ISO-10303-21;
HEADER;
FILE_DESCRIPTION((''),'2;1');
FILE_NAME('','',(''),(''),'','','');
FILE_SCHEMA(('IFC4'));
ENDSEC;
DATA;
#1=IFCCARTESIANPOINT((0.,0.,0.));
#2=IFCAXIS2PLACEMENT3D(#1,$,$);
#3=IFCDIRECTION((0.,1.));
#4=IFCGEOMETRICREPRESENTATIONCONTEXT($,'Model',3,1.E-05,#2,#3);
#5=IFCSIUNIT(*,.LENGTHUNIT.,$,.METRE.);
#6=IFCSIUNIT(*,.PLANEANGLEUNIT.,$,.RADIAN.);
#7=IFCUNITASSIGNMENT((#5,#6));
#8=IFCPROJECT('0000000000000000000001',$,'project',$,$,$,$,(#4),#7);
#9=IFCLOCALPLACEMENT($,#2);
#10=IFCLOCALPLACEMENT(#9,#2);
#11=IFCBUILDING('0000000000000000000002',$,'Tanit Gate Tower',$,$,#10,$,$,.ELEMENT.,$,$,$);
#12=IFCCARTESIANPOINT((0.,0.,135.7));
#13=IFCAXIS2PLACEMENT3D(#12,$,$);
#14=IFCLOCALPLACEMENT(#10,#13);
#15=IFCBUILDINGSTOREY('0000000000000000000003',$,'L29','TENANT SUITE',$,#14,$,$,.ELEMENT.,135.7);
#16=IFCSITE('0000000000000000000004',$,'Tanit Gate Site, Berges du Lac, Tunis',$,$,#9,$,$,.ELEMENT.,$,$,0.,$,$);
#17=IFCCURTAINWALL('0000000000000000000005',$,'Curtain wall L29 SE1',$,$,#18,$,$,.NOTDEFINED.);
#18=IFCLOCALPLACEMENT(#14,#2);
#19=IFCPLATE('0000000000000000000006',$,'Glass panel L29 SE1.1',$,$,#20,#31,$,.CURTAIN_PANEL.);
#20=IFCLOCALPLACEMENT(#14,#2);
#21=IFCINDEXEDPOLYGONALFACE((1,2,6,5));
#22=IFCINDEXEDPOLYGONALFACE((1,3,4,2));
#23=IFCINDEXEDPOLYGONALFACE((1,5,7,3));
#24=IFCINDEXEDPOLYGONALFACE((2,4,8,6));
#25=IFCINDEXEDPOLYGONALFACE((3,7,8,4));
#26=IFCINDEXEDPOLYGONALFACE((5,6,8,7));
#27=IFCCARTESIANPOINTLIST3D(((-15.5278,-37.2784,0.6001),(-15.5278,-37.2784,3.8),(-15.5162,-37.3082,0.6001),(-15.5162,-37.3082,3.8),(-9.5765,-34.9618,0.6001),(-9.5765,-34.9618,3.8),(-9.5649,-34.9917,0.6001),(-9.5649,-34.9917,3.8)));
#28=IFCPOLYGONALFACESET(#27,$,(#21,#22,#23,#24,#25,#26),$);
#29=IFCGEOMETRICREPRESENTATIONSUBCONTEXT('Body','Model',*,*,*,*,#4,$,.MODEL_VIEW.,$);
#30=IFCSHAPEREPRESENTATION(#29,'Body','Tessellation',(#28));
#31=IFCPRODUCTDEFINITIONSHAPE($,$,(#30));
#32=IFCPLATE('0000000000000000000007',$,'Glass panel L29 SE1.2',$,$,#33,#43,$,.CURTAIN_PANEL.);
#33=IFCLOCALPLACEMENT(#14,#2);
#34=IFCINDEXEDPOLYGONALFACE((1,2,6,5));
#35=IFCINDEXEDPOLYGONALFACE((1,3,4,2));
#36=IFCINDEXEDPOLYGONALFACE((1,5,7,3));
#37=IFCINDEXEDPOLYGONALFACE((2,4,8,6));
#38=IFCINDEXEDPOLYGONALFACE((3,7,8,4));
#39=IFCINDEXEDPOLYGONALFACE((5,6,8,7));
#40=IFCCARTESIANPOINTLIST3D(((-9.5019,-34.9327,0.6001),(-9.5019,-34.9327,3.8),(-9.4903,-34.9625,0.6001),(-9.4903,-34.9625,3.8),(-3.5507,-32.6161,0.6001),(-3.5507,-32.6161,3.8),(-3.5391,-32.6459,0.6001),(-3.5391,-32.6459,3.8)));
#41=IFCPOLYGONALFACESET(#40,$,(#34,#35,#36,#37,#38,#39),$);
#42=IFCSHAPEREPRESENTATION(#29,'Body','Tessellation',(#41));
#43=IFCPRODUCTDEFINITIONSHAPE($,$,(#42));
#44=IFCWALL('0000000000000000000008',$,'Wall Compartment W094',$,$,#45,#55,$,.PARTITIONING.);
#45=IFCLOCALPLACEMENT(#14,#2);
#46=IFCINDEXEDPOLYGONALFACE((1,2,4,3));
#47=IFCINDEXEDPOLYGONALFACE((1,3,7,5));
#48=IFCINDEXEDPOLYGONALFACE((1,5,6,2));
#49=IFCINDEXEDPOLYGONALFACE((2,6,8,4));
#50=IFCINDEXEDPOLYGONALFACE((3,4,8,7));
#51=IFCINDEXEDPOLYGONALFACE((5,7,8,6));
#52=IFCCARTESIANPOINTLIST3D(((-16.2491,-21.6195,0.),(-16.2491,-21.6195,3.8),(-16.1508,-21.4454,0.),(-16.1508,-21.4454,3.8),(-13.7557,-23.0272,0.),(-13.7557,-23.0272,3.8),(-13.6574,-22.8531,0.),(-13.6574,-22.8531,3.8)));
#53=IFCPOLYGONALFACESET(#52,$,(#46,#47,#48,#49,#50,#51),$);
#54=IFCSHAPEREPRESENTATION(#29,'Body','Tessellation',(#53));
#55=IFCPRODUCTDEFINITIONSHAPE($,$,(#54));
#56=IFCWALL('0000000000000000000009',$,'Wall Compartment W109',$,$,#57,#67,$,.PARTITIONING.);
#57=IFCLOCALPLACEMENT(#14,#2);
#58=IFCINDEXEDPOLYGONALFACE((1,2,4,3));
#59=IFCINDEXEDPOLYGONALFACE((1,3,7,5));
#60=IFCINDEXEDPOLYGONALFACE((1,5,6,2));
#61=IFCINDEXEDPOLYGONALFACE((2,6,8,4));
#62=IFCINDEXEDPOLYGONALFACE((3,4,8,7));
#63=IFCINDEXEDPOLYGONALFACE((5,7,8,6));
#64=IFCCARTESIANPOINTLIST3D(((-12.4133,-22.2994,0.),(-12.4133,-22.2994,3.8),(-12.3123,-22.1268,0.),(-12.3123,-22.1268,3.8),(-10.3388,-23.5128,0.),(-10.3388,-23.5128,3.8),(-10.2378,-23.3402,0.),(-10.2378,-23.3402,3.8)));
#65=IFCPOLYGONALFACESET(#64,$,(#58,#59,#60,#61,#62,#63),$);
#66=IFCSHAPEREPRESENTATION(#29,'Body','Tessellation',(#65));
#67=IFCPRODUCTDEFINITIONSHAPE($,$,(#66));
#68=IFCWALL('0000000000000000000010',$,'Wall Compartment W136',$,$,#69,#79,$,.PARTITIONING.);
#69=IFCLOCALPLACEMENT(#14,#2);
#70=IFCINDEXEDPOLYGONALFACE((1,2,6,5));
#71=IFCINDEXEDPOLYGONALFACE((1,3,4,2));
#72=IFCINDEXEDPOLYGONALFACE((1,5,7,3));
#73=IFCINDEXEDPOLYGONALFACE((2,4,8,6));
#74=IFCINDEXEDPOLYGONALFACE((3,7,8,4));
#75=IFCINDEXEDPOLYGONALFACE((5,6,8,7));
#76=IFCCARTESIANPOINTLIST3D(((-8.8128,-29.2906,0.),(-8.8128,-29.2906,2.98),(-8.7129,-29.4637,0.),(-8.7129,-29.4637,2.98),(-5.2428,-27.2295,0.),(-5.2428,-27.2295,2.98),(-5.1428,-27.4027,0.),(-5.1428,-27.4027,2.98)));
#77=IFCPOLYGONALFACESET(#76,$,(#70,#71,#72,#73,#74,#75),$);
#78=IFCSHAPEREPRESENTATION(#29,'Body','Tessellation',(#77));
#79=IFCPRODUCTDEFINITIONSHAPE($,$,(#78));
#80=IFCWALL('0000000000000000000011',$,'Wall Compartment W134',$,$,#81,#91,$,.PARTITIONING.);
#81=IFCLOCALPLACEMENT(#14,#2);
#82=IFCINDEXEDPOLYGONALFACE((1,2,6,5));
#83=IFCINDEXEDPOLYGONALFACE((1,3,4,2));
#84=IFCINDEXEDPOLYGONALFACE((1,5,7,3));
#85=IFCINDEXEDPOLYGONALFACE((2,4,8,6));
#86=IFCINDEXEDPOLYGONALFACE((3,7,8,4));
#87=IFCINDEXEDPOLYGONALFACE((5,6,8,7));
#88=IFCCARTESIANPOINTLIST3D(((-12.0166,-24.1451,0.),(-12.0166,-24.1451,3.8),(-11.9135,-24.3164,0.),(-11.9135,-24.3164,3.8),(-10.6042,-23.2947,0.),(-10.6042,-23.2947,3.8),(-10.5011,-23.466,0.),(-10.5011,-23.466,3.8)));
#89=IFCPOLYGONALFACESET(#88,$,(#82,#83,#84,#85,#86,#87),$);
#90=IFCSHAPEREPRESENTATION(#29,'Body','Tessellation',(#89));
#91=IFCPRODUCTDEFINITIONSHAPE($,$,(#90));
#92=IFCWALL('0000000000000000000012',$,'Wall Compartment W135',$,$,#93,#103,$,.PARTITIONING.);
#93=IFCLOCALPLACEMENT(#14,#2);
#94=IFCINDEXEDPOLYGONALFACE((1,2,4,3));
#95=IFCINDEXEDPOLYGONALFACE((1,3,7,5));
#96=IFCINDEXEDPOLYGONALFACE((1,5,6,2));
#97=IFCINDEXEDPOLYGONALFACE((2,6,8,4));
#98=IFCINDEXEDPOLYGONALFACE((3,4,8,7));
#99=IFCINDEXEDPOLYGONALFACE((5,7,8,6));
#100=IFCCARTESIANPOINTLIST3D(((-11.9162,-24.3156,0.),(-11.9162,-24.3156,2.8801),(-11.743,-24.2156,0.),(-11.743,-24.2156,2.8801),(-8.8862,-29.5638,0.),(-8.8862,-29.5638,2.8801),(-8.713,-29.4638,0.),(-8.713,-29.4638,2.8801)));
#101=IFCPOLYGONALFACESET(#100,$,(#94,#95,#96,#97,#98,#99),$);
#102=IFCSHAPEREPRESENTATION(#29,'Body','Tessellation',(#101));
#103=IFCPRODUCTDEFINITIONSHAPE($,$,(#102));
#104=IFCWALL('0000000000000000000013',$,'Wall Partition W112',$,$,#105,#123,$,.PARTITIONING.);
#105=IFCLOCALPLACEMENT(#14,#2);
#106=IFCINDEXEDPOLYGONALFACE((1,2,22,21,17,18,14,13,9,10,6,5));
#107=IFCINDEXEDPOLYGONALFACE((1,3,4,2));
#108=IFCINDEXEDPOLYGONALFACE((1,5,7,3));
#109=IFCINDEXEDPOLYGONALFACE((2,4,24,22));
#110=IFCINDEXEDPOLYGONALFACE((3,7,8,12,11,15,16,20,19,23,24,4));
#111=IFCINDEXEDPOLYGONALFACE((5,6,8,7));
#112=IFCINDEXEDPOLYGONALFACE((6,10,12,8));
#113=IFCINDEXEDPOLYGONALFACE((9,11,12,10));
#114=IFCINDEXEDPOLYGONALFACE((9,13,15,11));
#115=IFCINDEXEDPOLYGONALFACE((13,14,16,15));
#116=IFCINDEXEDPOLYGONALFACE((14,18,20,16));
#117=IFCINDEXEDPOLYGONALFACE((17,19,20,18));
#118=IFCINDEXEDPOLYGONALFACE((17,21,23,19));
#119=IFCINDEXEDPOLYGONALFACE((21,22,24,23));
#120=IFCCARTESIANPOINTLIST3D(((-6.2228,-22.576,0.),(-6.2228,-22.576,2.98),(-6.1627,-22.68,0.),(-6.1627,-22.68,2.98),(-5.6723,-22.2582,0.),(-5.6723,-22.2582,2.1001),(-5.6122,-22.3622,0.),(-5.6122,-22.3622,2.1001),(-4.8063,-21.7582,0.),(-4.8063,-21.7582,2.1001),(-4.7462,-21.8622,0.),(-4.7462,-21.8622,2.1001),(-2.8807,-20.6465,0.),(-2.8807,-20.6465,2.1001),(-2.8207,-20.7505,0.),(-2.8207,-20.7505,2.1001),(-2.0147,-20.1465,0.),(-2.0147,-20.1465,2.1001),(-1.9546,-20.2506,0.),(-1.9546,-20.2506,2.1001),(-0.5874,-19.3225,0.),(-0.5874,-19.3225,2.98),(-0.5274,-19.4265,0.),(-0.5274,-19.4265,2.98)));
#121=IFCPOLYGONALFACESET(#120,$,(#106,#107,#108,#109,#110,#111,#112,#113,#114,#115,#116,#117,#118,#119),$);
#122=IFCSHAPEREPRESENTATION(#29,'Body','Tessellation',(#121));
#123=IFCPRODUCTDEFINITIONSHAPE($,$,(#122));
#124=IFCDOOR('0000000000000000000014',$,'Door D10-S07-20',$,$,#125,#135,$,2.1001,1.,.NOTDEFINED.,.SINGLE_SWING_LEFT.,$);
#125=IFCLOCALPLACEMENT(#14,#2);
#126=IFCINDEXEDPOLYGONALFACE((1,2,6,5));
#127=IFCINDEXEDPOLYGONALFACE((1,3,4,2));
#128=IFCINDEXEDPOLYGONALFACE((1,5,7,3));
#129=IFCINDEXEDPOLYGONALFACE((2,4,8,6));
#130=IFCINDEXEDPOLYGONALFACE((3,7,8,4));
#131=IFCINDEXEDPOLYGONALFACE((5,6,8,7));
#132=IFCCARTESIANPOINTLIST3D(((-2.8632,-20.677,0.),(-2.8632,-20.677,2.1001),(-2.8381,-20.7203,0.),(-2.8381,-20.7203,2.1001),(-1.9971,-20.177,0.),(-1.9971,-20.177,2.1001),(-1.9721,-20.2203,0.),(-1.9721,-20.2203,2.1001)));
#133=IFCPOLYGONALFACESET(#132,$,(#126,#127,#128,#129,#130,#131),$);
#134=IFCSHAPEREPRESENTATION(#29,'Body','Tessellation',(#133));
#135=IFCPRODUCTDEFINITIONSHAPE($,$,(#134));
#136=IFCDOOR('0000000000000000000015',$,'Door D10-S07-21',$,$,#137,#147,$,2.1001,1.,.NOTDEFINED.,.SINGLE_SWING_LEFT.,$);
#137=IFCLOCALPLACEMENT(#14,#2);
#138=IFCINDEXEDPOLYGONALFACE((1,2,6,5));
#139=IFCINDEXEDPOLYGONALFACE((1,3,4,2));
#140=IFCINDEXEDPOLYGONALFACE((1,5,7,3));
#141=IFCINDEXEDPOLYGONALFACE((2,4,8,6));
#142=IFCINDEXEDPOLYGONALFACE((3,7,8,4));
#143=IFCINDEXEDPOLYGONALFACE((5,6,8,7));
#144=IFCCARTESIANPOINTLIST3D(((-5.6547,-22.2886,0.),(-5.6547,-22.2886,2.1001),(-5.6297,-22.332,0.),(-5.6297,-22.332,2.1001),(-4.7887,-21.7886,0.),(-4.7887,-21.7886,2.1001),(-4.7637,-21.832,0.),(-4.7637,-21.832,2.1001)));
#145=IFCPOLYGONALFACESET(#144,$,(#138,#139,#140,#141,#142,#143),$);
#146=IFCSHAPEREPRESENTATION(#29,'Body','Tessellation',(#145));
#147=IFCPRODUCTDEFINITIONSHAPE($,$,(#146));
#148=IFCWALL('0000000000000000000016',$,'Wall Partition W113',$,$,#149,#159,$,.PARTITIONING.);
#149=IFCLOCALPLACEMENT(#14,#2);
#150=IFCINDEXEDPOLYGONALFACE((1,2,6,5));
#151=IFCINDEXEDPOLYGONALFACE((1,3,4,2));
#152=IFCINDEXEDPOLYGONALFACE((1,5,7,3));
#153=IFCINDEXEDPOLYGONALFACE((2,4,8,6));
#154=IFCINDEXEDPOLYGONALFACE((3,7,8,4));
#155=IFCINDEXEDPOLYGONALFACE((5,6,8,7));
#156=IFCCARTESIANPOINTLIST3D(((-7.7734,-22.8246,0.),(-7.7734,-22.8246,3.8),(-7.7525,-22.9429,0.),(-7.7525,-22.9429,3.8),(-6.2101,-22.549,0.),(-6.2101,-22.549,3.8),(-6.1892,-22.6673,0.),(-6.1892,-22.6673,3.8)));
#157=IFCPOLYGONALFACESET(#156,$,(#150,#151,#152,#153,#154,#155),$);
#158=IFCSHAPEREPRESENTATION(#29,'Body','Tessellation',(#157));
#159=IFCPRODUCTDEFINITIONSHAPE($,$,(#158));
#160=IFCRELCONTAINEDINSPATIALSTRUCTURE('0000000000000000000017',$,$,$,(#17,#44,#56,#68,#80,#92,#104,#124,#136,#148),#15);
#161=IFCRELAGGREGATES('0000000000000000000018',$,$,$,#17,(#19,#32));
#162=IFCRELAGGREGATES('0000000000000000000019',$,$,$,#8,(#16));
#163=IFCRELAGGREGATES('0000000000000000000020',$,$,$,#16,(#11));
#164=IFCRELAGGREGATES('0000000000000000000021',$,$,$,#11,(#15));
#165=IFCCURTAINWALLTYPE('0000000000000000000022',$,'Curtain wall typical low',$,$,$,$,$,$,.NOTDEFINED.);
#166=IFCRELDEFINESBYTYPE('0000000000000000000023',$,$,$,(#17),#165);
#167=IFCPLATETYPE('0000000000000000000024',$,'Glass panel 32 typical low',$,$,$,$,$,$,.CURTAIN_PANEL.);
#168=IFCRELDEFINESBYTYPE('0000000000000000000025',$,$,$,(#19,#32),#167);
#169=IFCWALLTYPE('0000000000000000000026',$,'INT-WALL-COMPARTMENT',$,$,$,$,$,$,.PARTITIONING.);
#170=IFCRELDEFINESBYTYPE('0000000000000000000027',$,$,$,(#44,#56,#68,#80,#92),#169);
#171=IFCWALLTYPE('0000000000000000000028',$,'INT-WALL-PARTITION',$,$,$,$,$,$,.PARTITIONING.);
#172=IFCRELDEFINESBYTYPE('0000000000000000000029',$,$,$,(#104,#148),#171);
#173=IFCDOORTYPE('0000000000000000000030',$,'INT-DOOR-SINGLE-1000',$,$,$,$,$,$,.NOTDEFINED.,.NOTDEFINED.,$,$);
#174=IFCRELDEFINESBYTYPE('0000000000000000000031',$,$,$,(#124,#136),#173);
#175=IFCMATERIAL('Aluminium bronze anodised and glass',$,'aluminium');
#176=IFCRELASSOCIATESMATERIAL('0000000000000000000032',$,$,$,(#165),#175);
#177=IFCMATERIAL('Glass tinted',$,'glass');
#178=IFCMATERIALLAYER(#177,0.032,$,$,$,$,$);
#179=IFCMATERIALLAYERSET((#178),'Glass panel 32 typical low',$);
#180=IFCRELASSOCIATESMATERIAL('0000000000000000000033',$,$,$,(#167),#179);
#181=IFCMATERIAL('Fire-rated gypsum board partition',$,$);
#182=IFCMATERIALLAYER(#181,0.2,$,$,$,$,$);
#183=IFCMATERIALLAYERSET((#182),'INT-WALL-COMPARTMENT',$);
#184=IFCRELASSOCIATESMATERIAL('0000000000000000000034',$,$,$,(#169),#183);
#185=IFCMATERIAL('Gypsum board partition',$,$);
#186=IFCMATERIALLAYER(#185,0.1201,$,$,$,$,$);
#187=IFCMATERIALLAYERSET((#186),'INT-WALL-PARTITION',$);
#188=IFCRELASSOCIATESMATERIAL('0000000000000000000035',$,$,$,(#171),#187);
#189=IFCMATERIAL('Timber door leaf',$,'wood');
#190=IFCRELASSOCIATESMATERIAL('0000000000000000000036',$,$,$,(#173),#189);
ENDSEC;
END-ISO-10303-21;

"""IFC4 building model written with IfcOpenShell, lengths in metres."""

from ifc_helpers import new_model, si_unit, direction, frame, frame_2d, origin, origin_2d, place, context, subcontext, project, spatial, rectangle, extrude, material, layer, layer_set, type_object, element, fill, aggregate, save


model = new_model("IFC4")

# Units and contexts
model_context = context("Model", 3, precision=1e-05, world=origin(), true_north=direction((0.0, 1.0)))
body_context = subcontext(model_context, "Body", "Model", "MODEL_VIEW")
ifc_project = project(units=[si_unit("LENGTHUNIT", "METRE"), si_unit("PLANEANGLEUNIT", "RADIAN")], contexts=[model_context])

# Site, building, storey
site_placement = place(None, origin())
site = spatial("IfcSite", under=ifc_project, at=site_placement, Name="Tanit Gate Site, Berges du Lac, Tunis", CompositionType="ELEMENT", RefElevation=0.0)
building_placement = place(site_placement, origin())
building = spatial("IfcBuilding", under=site, at=building_placement, Name="Tanit Gate Tower", CompositionType="ELEMENT")
storey_placement = place(building_placement, frame((0.0, 0.0, 135.7)))
storey = spatial("IfcBuildingStorey", under=building, at=storey_placement, Name="L29", Description="TENANT SUITE", CompositionType="ELEMENT", Elevation=135.7)

# Curtain wall
ifc_material_1 = material(Name="Aluminium bronze anodised and glass", Category="aluminium")
curtain_wall_type = type_object("IfcCurtainWallType", Name="Curtain wall typical low", PredefinedType="NOTDEFINED", material=ifc_material_1)
curtain_wall_placement = place(storey_placement, origin())
curtain_wall = element("IfcCurtainWall", 1, at=curtain_wall_placement, inside=storey, type_object=curtain_wall_type, Name="Curtain wall L29 SE1", PredefinedType="NOTDEFINED")

# Plates
ifc_material_2 = material(Name="Glass tinted", Category="glass")
ifc_layer_1 = layer(ifc_material_2, 0.032)
ifc_layer_set_1 = layer_set([ifc_layer_1], Name="Glass panel 32 typical low")
plate_type = type_object("IfcPlateType", Name="Glass panel 32 typical low", PredefinedType="CURTAIN_PANEL", material=ifc_layer_set_1)
plate_1_placement = place(storey_placement, frame((-12.5464, -36.135, 0.6001), z_axis=(0.0, 0.0, 1.0), x_axis=(0.931892, 0.362737, 0.0)))
plate_1 = element("IfcPlate", 2, at=plate_1_placement, type_object=plate_type, Name="Glass panel L29 SE1.1", PredefinedType="CURTAIN_PANEL", context=body_context, shape_type="SweptSolid", body=[
    extrude(rectangle(XDim=6.3862, YDim=0.032, at=origin_2d()), origin(), (0.0, 0.0, 1.0), 3.2),
])
plate_2_placement = place(storey_placement, frame((-6.5205, -33.7893, 0.6001), z_axis=(0.0, 0.0, 1.0), x_axis=(0.931892, 0.362737, 0.0)))
plate_2 = element("IfcPlate", 3, at=plate_2_placement, type_object=plate_type, Name="Glass panel L29 SE1.2", PredefinedType="CURTAIN_PANEL", context=body_context, shape_type="SweptSolid", body=[
    extrude(rectangle(XDim=6.3862, YDim=0.032, at=origin_2d()), origin(), (0.0, 0.0, 1.0), 3.2),
])
aggregate(curtain_wall, [plate_1, plate_2])

# Walls
ifc_material_3 = material(Name="Fire-rated gypsum board partition")
ifc_layer_2 = layer(ifc_material_3, 0.2)
ifc_layer_set_2 = layer_set([ifc_layer_2], Name="INT-WALL-COMPARTMENT")
wall_type_1 = type_object("IfcWallType", Name="INT-WALL-COMPARTMENT", PredefinedType="PARTITIONING", material=ifc_layer_set_2)
wall_1_placement = place(storey_placement, frame((-16.2, -21.5325, 0.0), z_axis=(0.0, 0.0, 1.0), x_axis=(0.870803, -0.491633, 0.0)))
element("IfcWall", 4, at=wall_1_placement, inside=storey, type_object=wall_type_1, Name="Wall Compartment W094", PredefinedType="PARTITIONING", context=body_context, shape_type="SweptSolid", body=[
    extrude(rectangle(XDim=2.8633, YDim=0.2, at=frame_2d((1.4316, 0.0))), origin(), (0.0, 0.0, 1.0), 3.8),
])
wall_2_placement = place(storey_placement, frame((-12.3628, -22.2131, 0.0), z_axis=(0.0, 0.0, 1.0), x_axis=(0.863185, -0.504888, 0.0)))
element("IfcWall", 5, at=wall_2_placement, inside=storey, type_object=wall_type_1, Name="Wall Compartment W109", PredefinedType="PARTITIONING", context=body_context, shape_type="SweptSolid", body=[
    extrude(rectangle(XDim=2.4033, YDim=0.2, at=frame_2d((1.2017, 0.0))), origin(), (0.0, 0.0, 1.0), 3.8),
])
wall_3_placement = place(storey_placement, frame((-5.1929, -27.3162, 0.0), z_axis=(0.0, 0.0, 1.0), x_axis=(-0.866041, -0.499974, 0.0)))
element("IfcWall", 6, at=wall_3_placement, inside=storey, type_object=wall_type_1, Name="Wall Compartment W136", PredefinedType="PARTITIONING", context=body_context, shape_type="SweptSolid", body=[
    extrude(rectangle(XDim=4.1223, YDim=0.2, at=frame_2d((2.061, 0.0))), origin(), (0.0, 0.0, 1.0), 2.98),
])
wall_4_placement = place(storey_placement, frame((-10.5527, -23.3804, 0.0), z_axis=(0.0, 0.0, 1.0), x_axis=(-0.856708, -0.515802, 0.0)))
element("IfcWall", 7, at=wall_4_placement, inside=storey, type_object=wall_type_1, Name="Wall Compartment W134", PredefinedType="PARTITIONING", context=body_context, shape_type="SweptSolid", body=[
    extrude(rectangle(XDim=1.6487, YDim=0.2, at=frame_2d((0.8242, 0.0))), origin(), (0.0, 0.0, 1.0), 3.8),
])
wall_5_placement = place(storey_placement, frame((-11.8296, -24.2656, 0.0), z_axis=(0.0, 0.0, 1.0), x_axis=(0.499991, -0.866031, 0.0)))
element("IfcWall", 8, at=wall_5_placement, inside=storey, type_object=wall_type_1, Name="Wall Compartment W135", PredefinedType="PARTITIONING", context=body_context, shape_type="SweptSolid", body=[
    extrude(rectangle(XDim=6.0601, YDim=0.2, at=frame_2d((3.03, 0.0))), origin(), (0.0, 0.0, 1.0), 2.8801),
])

# Wall, openings, doors
ifc_material_4 = material(Name="Gypsum board partition")
ifc_layer_3 = layer(ifc_material_4, 0.1201)
ifc_layer_set_3 = layer_set([ifc_layer_3], Name="INT-WALL-PARTITION")
wall_type_2 = type_object("IfcWallType", Name="INT-WALL-PARTITION", PredefinedType="PARTITIONING", material=ifc_layer_set_3)
wall_6_placement = place(storey_placement, frame((-6.1926, -22.6279, 0.0), z_axis=(0.0, 0.0, 1.0), x_axis=(0.866032, 0.499989, 0.0)))
wall_6 = element("IfcWall", 9, at=wall_6_placement, inside=storey, type_object=wall_type_2, Name="Wall Partition W112", PredefinedType="PARTITIONING", context=body_context, shape_type="SweptSolid", body=[
    extrude(rectangle(XDim=6.5071, YDim=0.1201, at=frame_2d((3.2534, 0.0))), origin(), (0.0, 0.0, 1.0), 2.98),
])
opening_1_placement = place(wall_6_placement, frame((3.8589, 0.0, 0.0)))
opening_1 = element("IfcOpeningElement", 10, at=opening_1_placement, cuts=wall_6, PredefinedType="OPENING", context=body_context, shape_type="SweptSolid", body=[
    extrude(rectangle(XDim=1.0, YDim=2.1001, at=frame_2d((0.5, 1.05))), frame((0.0, 0.0701, 0.0), z_axis=(0.0, -1.0, 0.0), x_axis=(1.0, 0.0, 0.0)), (0.0, 0.0, 1.0), 0.1401),
])
opening_2_placement = place(wall_6_placement, frame((0.6355, 0.0, 0.0)))
opening_2 = element("IfcOpeningElement", 11, at=opening_2_placement, cuts=wall_6, PredefinedType="OPENING", context=body_context, shape_type="SweptSolid", body=[
    extrude(rectangle(XDim=1.0, YDim=2.1001, at=frame_2d((0.5, 1.05))), frame((0.0, 0.0701, 0.0), z_axis=(0.0, -1.0, 0.0), x_axis=(1.0, 0.0, 0.0)), (0.0, 0.0, 1.0), 0.1401),
])
ifc_material_5 = material(Name="Timber door leaf", Category="wood")
door_type = type_object("IfcDoorType", Name="INT-DOOR-SINGLE-1000", OperationType="NOTDEFINED", PredefinedType="NOTDEFINED", material=ifc_material_5)
door_1_placement = place(opening_1_placement, origin())
door_1 = element("IfcDoor", 12, at=door_1_placement, inside=storey, type_object=door_type, Name="Door D10-S07-20", OperationType="SINGLE_SWING_LEFT", OverallHeight=2.1001, OverallWidth=1.0, PredefinedType="NOTDEFINED", context=body_context, shape_type="SweptSolid", body=[
    extrude(rectangle(XDim=1.0, YDim=2.1001, at=frame_2d((0.5, 1.05))), frame((0.0, 0.0249, 0.0), z_axis=(0.0, -1.0, 0.0), x_axis=(1.0, 0.0, 0.0)), (0.0, 0.0, 1.0), 0.05),
])
fill(opening_1, door_1)
door_2_placement = place(opening_2_placement, origin())
door_2 = element("IfcDoor", 13, at=door_2_placement, inside=storey, type_object=door_type, Name="Door D10-S07-21", OperationType="SINGLE_SWING_LEFT", OverallHeight=2.1001, OverallWidth=1.0, PredefinedType="NOTDEFINED", context=body_context, shape_type="SweptSolid", body=[
    extrude(rectangle(XDim=1.0, YDim=2.1001, at=frame_2d((0.5, 1.05))), frame((0.0, 0.0249, 0.0), z_axis=(0.0, -1.0, 0.0), x_axis=(1.0, 0.0, 0.0)), (0.0, 0.0, 1.0), 0.05),
])
fill(opening_2, door_2)

# Wall
wall_7_placement = place(storey_placement, frame((-7.7629, -22.8838, 0.0), z_axis=(0.0, 0.0, 1.0), x_axis=(0.984808, 0.173645, 0.0)))
element("IfcWall", 14, at=wall_7_placement, inside=storey, type_object=wall_type_2, Name="Wall Partition W113", PredefinedType="PARTITIONING", context=body_context, shape_type="SweptSolid", body=[
    extrude(rectangle(XDim=1.5874, YDim=0.1201, at=frame_2d((0.7937, 0.0))), origin(), (0.0, 0.0, 1.0), 3.8),
])

save(model, "model.ifc")
